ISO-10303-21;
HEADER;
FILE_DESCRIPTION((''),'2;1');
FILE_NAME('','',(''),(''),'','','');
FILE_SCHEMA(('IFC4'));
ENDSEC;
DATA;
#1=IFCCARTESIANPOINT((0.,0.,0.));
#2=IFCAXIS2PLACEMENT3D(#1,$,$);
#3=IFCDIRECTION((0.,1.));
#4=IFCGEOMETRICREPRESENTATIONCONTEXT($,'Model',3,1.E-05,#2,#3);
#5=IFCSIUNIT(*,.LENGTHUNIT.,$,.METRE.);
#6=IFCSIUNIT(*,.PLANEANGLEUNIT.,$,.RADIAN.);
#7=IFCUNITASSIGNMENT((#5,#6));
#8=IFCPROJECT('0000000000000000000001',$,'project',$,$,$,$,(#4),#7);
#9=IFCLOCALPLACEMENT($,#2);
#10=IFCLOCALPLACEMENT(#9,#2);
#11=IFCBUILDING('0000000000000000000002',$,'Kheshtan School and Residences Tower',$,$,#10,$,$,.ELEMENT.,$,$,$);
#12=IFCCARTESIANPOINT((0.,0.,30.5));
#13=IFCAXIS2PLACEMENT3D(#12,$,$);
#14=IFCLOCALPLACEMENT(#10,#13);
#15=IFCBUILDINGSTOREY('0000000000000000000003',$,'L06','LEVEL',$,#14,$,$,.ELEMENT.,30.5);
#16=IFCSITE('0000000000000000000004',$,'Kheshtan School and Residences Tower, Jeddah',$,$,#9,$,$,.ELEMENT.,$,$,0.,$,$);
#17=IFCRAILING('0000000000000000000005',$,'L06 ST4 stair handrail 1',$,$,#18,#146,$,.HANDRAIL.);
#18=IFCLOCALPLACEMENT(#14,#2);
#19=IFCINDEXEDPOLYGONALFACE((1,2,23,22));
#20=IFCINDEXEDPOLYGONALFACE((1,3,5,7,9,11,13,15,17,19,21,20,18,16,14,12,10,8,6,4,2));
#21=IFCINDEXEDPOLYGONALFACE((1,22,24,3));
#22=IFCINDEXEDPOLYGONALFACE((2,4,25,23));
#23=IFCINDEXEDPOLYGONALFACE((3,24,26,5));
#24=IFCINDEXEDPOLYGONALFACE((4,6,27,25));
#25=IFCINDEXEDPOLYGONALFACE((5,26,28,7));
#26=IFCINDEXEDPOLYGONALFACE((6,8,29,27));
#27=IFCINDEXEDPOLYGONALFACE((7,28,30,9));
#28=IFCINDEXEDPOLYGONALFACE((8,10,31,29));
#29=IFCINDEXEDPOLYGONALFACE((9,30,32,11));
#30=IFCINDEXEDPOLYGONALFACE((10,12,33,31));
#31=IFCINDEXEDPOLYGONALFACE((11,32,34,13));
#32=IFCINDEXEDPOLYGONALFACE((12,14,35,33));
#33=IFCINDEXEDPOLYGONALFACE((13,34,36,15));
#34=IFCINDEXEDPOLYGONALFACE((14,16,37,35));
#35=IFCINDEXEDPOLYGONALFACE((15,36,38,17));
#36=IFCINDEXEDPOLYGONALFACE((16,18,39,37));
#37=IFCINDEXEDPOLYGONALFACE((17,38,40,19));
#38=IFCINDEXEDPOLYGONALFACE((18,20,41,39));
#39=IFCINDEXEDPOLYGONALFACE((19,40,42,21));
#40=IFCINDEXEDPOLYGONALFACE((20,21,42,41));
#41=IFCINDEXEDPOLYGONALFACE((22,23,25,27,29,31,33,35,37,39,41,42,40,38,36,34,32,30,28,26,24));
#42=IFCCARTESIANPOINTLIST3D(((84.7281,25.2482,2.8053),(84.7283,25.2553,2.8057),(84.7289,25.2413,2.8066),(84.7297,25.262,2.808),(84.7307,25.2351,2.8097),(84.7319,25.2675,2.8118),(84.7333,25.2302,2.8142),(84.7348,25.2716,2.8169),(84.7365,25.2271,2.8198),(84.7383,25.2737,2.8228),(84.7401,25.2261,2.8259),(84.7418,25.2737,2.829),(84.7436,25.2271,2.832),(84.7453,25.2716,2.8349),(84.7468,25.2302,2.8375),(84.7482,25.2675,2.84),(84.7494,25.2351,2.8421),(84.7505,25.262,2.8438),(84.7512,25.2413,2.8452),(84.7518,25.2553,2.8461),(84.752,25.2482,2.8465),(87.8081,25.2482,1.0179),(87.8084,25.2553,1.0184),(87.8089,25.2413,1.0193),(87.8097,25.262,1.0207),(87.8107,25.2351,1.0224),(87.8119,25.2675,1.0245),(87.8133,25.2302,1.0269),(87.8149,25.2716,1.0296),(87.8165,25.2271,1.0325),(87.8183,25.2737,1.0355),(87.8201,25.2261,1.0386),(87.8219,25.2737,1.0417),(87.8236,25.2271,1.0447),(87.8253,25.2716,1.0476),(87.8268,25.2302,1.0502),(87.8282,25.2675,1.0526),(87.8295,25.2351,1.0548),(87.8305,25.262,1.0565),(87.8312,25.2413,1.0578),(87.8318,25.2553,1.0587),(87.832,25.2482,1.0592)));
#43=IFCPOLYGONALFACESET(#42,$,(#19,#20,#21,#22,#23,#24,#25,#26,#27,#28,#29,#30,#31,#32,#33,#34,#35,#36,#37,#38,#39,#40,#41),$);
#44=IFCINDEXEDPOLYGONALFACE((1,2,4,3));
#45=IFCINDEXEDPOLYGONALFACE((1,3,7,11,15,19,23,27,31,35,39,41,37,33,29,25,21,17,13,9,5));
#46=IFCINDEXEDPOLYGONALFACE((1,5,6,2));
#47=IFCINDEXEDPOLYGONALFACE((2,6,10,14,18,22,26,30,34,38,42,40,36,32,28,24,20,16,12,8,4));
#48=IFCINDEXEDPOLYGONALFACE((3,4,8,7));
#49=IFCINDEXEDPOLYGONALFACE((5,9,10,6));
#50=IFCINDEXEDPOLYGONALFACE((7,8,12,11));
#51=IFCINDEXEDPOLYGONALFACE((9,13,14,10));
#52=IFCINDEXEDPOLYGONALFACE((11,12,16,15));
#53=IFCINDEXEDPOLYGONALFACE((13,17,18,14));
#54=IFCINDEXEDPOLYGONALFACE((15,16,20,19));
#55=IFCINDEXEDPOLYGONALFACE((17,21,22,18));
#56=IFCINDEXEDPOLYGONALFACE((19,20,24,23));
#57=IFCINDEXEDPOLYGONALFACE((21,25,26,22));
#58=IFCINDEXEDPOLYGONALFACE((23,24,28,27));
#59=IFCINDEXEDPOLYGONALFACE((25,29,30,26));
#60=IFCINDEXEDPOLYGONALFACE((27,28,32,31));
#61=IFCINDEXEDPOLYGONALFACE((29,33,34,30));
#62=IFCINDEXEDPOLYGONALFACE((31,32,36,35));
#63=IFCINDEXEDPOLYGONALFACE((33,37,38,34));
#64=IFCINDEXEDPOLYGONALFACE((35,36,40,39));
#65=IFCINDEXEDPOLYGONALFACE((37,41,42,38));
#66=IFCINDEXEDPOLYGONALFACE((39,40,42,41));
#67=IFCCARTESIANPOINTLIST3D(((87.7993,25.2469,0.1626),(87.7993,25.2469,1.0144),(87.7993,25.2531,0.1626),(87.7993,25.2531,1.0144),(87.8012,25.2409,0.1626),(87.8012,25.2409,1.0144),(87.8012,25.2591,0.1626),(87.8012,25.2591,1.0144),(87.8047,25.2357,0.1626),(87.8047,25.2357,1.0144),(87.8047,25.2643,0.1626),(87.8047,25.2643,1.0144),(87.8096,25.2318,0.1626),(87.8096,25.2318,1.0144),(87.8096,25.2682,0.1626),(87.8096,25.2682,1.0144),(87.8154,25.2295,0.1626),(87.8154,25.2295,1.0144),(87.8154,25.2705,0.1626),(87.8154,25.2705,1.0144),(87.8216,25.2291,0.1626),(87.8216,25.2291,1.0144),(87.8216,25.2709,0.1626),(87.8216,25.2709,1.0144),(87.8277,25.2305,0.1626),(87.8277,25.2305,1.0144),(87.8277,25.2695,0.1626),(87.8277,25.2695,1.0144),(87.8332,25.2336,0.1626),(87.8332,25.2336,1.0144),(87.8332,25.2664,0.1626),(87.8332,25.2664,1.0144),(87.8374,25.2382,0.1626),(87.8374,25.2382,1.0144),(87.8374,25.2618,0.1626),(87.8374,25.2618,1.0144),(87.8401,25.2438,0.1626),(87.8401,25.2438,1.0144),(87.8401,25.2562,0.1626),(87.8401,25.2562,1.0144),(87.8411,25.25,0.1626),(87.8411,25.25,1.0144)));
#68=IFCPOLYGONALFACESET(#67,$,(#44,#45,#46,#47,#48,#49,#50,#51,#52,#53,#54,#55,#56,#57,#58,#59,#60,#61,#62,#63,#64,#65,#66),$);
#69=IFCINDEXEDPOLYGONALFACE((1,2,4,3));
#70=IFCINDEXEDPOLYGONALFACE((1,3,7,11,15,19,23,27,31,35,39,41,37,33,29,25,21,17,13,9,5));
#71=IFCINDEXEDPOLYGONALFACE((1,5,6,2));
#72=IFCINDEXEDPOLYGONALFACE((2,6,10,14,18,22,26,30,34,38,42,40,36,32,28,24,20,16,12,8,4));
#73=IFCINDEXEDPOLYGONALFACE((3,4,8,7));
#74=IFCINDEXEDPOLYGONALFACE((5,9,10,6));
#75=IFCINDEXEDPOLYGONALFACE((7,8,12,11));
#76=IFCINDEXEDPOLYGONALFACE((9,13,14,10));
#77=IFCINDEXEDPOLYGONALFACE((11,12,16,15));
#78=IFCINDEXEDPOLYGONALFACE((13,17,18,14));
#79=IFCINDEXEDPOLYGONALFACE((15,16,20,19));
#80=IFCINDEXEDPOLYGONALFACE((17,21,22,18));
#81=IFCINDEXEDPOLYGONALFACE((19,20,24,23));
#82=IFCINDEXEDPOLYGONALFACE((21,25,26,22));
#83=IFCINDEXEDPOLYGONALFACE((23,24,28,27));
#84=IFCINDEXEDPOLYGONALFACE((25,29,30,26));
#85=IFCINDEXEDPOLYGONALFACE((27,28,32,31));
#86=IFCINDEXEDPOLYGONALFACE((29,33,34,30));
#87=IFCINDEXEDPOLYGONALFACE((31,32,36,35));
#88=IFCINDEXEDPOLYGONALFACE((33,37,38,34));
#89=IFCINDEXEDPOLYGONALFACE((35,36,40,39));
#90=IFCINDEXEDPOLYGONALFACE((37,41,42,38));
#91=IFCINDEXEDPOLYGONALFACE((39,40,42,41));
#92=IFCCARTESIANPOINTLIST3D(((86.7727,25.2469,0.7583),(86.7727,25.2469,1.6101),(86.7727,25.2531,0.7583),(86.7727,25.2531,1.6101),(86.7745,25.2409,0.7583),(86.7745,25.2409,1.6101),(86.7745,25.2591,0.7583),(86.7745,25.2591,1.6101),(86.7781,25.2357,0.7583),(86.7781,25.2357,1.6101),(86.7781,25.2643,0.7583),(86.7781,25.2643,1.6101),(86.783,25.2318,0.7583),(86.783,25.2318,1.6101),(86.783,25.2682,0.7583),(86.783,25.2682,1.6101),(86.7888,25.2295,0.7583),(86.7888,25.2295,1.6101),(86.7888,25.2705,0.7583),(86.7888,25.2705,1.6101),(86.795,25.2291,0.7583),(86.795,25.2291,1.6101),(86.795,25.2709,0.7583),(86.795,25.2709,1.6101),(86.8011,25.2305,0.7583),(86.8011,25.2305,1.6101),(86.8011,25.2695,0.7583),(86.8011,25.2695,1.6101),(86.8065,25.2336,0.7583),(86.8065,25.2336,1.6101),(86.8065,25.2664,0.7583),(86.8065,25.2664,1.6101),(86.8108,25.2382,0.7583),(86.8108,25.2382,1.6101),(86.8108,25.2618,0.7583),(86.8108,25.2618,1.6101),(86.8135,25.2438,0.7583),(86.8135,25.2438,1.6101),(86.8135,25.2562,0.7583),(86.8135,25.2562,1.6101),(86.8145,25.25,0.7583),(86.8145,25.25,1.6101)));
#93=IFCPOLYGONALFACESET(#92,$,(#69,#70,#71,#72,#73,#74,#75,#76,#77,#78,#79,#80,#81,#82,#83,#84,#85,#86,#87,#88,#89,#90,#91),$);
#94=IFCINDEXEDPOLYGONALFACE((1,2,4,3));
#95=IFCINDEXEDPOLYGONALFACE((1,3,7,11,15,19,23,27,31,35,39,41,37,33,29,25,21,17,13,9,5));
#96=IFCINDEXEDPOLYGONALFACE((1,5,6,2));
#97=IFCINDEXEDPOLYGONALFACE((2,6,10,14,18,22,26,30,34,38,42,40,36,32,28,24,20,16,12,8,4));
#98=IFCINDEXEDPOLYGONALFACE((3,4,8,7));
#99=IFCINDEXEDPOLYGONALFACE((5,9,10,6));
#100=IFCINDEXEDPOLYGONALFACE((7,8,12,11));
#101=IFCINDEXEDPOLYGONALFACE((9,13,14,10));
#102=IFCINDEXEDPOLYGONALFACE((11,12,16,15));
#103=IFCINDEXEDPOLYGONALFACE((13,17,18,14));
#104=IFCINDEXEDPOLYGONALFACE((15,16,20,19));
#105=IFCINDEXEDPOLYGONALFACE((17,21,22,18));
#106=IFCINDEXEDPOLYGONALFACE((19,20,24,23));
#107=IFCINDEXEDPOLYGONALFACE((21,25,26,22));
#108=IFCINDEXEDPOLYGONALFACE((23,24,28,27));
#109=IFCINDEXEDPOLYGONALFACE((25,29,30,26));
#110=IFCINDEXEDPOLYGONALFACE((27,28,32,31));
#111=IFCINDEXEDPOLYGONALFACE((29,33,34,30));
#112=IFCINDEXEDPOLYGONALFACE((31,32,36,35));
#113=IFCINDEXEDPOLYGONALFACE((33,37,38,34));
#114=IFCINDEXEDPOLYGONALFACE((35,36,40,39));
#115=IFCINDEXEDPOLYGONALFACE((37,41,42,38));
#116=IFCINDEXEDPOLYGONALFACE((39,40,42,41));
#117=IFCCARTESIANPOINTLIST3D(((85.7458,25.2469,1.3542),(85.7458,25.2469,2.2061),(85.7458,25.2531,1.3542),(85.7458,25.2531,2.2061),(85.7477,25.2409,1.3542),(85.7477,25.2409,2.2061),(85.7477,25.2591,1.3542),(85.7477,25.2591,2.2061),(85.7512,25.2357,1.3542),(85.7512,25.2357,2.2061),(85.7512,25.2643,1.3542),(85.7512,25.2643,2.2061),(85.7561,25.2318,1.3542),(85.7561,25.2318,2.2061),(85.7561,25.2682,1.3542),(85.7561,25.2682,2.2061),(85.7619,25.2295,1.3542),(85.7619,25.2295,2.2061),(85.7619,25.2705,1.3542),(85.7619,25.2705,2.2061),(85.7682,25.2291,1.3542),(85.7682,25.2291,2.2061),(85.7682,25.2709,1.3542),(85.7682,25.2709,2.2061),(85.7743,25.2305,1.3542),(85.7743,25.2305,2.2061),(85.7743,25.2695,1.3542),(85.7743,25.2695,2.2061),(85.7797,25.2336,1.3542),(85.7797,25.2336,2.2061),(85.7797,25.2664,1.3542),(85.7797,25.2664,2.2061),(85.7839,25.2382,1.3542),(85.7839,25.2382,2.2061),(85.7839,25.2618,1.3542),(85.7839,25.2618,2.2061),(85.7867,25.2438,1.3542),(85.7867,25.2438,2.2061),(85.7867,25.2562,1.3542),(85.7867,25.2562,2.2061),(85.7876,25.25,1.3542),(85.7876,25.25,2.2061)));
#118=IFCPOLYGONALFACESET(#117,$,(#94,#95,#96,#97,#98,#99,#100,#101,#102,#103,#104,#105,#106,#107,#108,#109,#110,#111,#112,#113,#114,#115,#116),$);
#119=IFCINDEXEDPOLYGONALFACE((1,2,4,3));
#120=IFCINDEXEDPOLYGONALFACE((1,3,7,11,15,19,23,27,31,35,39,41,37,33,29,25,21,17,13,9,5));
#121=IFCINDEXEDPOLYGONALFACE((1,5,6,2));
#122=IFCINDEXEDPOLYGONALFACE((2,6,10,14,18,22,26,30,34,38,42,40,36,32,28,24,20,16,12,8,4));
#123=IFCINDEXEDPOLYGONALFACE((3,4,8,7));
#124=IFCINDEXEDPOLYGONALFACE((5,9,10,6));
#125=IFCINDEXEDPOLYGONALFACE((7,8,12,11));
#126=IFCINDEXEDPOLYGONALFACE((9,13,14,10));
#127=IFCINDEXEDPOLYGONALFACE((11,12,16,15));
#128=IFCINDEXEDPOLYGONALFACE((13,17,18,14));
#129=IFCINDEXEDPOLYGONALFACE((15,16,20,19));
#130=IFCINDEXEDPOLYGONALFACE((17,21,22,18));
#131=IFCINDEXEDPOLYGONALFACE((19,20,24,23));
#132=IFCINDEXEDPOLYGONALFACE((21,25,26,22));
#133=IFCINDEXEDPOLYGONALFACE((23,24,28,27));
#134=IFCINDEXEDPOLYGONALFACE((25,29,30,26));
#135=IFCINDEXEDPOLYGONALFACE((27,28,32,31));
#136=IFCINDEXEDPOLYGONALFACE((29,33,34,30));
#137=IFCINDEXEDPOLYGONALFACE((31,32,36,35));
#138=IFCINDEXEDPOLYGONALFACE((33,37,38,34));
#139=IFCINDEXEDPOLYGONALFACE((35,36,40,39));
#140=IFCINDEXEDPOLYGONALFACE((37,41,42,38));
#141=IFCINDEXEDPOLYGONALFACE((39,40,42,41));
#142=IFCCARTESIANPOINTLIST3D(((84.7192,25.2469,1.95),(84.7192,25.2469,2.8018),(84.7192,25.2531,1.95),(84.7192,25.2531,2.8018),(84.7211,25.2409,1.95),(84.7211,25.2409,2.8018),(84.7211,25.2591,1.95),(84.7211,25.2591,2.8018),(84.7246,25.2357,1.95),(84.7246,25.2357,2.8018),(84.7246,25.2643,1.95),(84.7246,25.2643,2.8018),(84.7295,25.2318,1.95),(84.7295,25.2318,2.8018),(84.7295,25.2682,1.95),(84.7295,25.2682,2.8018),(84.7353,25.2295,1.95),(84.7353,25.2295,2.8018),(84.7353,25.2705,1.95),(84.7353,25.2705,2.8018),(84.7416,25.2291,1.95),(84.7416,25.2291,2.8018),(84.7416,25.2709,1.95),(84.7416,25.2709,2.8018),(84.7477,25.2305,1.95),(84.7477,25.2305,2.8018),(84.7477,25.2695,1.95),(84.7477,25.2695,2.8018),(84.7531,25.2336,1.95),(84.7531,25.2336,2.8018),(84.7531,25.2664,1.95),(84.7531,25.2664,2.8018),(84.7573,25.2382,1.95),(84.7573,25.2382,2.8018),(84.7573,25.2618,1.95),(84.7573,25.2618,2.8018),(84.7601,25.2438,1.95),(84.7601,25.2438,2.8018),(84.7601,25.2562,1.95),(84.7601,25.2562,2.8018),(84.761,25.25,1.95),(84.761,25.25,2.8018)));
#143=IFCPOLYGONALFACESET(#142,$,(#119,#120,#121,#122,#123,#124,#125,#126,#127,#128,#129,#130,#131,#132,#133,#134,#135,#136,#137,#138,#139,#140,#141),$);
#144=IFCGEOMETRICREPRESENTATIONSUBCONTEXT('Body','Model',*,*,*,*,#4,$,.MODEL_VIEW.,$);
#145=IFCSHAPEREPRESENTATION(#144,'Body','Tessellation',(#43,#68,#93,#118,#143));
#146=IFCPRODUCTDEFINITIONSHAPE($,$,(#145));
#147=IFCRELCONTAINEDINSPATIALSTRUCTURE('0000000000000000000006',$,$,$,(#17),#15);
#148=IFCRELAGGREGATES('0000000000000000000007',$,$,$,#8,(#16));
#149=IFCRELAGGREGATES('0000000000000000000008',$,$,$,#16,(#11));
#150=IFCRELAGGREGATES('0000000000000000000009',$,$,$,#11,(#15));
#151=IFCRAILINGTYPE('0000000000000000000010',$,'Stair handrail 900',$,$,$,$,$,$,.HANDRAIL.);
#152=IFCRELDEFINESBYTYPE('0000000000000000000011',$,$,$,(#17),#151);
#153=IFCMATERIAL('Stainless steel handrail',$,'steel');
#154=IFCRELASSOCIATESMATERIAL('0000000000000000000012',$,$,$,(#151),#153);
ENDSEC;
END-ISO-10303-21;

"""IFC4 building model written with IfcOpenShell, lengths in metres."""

from ifc_helpers import new_model, si_unit, direction, frame, origin, origin_2d, place, context, subcontext, project, spatial, circle, extrude, material, type_object, element, save


model = new_model("IFC4")

# Units and contexts
model_context = context("Model", 3, precision=1e-05, world=origin(), true_north=direction((0.0, 1.0)))
body_context = subcontext(model_context, "Body", "Model", "MODEL_VIEW")
ifc_project = project(units=[si_unit("LENGTHUNIT", "METRE"), si_unit("PLANEANGLEUNIT", "RADIAN")], contexts=[model_context])

# Site, building, storey
site_placement = place(None, origin())
site = spatial("IfcSite", under=ifc_project, at=site_placement, Name="Kheshtan School and Residences Tower, Jeddah", CompositionType="ELEMENT", RefElevation=0.0)
building_placement = place(site_placement, origin())
building = spatial("IfcBuilding", under=site, at=building_placement, Name="Kheshtan School and Residences Tower", CompositionType="ELEMENT")
storey_placement = place(building_placement, frame((0.0, 0.0, 30.5)))
storey = spatial("IfcBuildingStorey", under=building, at=storey_placement, Name="L06", Description="LEVEL", CompositionType="ELEMENT", Elevation=30.5)

# Railing
ifc_material_1 = material(Name="Stainless steel handrail", Category="steel")
railing_type_1 = type_object("IfcRailingType", Name="Stair handrail 900", PredefinedType="HANDRAIL", material=ifc_material_1)
railing_1_placement = place(storey_placement, frame((87.8201, 25.25, 0.1626)))
element("IfcRailing", 1, at=railing_1_placement, inside=storey, type_object=railing_type_1, Name="L06 ST4 stair handrail 1", PredefinedType="HANDRAIL", context=body_context, shape_type="SweptSolid", body=[
    extrude(circle(Radius=0.0239, at=origin_2d()), frame((0.0, 0.0, 0.876), z_axis=(-0.86492, 0.0, 0.501909), x_axis=(0.0, -1.0, 0.0)), (0.0, 0.0, 1.0), 3.561),
    extrude(circle(Radius=0.021, at=origin_2d()), origin(), (0.0, 0.0, 1.0), 0.8518),
    extrude(circle(Radius=0.021, at=origin_2d()), frame((-1.0266, 0.0, 0.5957)), (0.0, 0.0, 1.0), 0.8518),
    extrude(circle(Radius=0.021, at=origin_2d()), frame((-2.0535, 0.0, 1.1917)), (0.0, 0.0, 1.0), 0.8518),
    extrude(circle(Radius=0.021, at=origin_2d()), frame((-3.0801, 0.0, 1.7874)), (0.0, 0.0, 1.0), 0.8518),
])

save(model, "model.ifc")
